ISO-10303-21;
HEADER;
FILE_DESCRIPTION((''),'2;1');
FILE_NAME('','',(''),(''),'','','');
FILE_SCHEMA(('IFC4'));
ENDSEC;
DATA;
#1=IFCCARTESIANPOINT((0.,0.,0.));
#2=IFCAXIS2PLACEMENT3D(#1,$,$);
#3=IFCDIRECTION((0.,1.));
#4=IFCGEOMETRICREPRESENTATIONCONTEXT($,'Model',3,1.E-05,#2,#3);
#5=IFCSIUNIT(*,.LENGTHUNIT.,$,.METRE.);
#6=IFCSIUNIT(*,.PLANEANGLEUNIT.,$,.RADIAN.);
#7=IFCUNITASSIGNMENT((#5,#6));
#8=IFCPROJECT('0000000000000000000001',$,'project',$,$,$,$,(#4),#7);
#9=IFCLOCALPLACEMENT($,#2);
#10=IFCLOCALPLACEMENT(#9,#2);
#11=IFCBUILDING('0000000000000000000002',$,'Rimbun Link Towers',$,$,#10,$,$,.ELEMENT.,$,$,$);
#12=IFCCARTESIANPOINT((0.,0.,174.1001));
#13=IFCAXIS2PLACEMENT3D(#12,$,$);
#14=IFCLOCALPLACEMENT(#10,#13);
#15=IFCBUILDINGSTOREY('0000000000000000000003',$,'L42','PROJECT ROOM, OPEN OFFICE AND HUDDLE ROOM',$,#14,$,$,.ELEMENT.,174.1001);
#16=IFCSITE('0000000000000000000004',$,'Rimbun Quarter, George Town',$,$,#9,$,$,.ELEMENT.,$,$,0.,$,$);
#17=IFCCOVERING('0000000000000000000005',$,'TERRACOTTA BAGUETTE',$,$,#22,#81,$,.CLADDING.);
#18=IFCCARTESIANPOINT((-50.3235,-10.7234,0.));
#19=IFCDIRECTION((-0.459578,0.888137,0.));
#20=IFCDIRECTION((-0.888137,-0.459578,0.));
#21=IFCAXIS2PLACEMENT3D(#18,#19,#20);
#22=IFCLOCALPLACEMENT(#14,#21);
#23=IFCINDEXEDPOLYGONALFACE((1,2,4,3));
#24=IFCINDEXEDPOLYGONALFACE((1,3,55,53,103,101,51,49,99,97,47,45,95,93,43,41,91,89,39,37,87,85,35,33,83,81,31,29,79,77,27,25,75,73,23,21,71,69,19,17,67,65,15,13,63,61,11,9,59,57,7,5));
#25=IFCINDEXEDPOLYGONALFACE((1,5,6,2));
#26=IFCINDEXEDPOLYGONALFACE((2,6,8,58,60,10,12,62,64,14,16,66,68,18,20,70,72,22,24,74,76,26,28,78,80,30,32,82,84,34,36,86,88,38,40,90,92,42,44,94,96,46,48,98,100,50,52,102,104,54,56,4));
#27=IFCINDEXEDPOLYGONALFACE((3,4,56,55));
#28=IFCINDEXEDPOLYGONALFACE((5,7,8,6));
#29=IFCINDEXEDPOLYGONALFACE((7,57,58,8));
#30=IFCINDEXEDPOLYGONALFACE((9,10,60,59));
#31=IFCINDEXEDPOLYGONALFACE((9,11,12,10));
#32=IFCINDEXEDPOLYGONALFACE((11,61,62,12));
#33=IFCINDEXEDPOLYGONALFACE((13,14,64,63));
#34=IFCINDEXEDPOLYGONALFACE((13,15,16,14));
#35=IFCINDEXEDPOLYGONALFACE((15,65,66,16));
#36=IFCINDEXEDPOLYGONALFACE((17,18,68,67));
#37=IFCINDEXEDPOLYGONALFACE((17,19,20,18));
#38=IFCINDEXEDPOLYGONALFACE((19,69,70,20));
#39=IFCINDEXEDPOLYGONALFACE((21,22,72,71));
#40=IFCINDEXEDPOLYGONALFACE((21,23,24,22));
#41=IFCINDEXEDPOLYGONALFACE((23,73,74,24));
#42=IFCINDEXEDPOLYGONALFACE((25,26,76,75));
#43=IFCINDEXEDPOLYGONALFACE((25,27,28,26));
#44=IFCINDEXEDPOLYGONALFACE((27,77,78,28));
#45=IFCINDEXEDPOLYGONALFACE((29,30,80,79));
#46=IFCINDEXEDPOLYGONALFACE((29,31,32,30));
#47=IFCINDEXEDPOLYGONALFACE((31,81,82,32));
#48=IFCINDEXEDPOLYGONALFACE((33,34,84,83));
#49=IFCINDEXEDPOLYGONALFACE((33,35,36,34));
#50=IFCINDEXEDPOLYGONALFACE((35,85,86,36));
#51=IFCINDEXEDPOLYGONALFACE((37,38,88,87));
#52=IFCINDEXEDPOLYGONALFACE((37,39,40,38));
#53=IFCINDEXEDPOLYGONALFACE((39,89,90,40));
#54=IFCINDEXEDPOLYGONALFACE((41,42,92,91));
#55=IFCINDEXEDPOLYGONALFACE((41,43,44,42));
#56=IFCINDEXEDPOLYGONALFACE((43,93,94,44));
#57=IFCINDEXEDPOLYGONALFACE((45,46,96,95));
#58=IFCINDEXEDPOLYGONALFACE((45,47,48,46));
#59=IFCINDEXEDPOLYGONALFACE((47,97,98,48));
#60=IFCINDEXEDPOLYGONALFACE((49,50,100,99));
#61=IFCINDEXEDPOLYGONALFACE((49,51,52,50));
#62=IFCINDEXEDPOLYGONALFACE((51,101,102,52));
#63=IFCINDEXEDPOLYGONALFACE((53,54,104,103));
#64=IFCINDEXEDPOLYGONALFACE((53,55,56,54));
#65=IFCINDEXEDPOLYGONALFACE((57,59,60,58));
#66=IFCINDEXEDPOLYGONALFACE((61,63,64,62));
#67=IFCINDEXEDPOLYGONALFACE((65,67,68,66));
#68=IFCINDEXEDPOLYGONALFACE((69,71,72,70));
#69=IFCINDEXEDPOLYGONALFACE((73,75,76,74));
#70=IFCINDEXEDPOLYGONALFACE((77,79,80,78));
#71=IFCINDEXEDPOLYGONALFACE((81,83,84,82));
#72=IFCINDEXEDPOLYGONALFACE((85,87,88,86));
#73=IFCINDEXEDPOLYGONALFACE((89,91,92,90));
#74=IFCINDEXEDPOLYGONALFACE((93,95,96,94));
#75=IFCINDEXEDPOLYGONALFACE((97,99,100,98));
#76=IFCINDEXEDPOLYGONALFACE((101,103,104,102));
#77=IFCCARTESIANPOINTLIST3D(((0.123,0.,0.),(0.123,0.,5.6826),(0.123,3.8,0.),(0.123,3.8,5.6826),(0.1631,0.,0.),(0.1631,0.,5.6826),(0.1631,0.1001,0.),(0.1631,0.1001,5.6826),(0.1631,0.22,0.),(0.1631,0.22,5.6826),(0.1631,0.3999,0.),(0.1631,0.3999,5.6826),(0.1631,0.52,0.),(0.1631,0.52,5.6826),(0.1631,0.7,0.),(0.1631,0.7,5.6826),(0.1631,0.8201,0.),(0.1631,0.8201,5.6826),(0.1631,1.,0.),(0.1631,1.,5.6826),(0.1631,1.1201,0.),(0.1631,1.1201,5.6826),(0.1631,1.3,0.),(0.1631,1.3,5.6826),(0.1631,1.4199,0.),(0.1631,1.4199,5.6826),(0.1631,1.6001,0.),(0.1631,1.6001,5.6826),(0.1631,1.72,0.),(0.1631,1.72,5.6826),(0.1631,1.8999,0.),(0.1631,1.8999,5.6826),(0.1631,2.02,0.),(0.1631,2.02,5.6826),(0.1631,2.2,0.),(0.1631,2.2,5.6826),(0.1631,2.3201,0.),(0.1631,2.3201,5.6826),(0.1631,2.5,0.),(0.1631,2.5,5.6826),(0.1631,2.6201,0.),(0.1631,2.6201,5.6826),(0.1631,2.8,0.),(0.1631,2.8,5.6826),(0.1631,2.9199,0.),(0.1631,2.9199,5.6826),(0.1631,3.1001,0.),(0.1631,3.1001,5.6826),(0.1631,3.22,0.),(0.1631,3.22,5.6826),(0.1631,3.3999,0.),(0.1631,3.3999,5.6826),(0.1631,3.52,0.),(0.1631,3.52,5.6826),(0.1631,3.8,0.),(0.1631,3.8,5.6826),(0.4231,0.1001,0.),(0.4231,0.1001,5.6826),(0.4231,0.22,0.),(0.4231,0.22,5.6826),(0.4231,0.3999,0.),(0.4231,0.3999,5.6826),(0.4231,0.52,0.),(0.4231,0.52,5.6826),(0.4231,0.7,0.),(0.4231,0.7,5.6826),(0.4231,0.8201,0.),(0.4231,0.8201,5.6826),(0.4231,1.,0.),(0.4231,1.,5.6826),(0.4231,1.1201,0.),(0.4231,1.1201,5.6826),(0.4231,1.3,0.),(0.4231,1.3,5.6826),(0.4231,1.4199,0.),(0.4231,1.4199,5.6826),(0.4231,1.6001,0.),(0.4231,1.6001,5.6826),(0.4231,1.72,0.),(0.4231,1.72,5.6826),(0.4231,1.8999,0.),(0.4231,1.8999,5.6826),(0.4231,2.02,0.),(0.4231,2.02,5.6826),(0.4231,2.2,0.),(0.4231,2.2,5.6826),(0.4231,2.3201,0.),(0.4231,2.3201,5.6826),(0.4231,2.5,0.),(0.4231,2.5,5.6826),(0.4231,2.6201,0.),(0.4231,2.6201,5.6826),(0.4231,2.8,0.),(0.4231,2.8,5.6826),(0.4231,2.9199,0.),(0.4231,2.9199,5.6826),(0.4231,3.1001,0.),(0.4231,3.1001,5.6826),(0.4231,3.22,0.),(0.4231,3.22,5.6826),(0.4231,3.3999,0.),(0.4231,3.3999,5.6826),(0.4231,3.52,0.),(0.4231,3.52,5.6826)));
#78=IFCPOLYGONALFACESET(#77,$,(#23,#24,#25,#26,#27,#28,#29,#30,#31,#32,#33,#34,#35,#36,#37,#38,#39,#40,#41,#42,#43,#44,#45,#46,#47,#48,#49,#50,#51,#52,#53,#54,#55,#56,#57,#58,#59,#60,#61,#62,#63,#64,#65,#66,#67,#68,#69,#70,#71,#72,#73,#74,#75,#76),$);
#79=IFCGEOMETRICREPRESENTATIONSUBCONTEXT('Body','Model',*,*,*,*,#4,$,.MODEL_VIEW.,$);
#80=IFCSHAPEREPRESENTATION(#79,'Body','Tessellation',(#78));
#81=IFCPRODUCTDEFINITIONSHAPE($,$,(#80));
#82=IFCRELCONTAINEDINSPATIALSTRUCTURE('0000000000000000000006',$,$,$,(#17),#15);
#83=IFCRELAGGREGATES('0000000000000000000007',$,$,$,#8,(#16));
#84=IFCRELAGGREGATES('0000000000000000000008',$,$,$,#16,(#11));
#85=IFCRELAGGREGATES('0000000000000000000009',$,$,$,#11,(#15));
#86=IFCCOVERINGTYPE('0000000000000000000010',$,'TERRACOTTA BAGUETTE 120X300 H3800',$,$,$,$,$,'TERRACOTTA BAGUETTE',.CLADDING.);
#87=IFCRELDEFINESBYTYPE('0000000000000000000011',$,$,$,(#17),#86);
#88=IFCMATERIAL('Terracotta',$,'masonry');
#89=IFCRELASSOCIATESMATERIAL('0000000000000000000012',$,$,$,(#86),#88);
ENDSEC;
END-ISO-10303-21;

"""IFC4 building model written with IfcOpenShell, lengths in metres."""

from ifc_helpers import new_model, si_unit, direction, frame, origin, place, context, subcontext, project, spatial, polyline, outline, extrude, material, material_profile, profile_set, type_object, element, save


model = new_model("IFC4")

# Units and contexts
model_context = context("Model", 3, precision=1e-05, world=origin(), true_north=direction((0.0, 1.0)))
body_context = subcontext(model_context, "Body", "Model", "MODEL_VIEW")
ifc_project = project(units=[si_unit("LENGTHUNIT", "METRE"), si_unit("PLANEANGLEUNIT", "RADIAN")], contexts=[model_context])

# Site, building, storey
site_placement = place(None, origin())
site = spatial("IfcSite", under=ifc_project, at=site_placement, Name="Rimbun Quarter, George Town", CompositionType="ELEMENT", RefElevation=0.0)
building_placement = place(site_placement, origin())
building = spatial("IfcBuilding", under=site, at=building_placement, Name="Rimbun Link Towers", CompositionType="ELEMENT")
storey_placement = place(building_placement, frame((0.0, 0.0, 174.1001)))
storey = spatial("IfcBuildingStorey", under=building, at=storey_placement, Name="L42", Description="PROJECT ROOM, OPEN OFFICE AND HUDDLE ROOM", CompositionType="ELEMENT", Elevation=174.1001)

# Covering
ifc_material_1 = material(Name="Terracotta", Category="masonry")
ifc_material_profile_1 = material_profile(ifc_material_1, outline(polyline([(0.123, 0.0), (0.1631, 0.0), (0.1631, 0.1001), (0.4231, 0.1001), (0.4231, 0.22), (0.1631, 0.22), (0.1631, 0.3999), (0.4231, 0.3999), (0.4231, 0.52), (0.1631, 0.52), (0.1631, 0.7), (0.4231, 0.7), (0.4231, 0.8201), (0.1631, 0.8201), (0.1631, 1.0), (0.4231, 1.0), (0.4231, 1.1201), (0.1631, 1.1201), (0.1631, 1.3), (0.4231, 1.3), (0.4231, 1.4199), (0.1631, 1.4199), (0.1631, 1.6001), (0.4231, 1.6001), (0.4231, 1.72), (0.1631, 1.72), (0.1631, 1.8999), (0.4231, 1.8999), (0.4231, 2.02), (0.1631, 2.02), (0.1631, 2.2), (0.4231, 2.2), (0.4231, 2.3201), (0.1631, 2.3201), (0.1631, 2.5), (0.4231, 2.5), (0.4231, 2.6201), (0.1631, 2.6201), (0.1631, 2.8), (0.4231, 2.8), (0.4231, 2.9199), (0.1631, 2.9199), (0.1631, 3.1001), (0.4231, 3.1001), (0.4231, 3.22), (0.1631, 3.22), (0.1631, 3.3999), (0.4231, 3.3999), (0.4231, 3.52), (0.1631, 3.52), (0.1631, 3.8), (0.123, 3.8), (0.123, 0.0)])), Name="BAGUETTE 120X300")
ifc_profile_set_1 = profile_set([ifc_material_profile_1], Name="Terracotta")
covering_type = type_object("IfcCoveringType", Name="TERRACOTTA BAGUETTE 120X300 H3800", ElementType="TERRACOTTA BAGUETTE", PredefinedType="CLADDING", material=ifc_profile_set_1)
covering_placement = place(storey_placement, frame((-50.3235, -10.7234, 0.0), z_axis=(-0.459578, 0.888137, 0.0), x_axis=(-0.888137, -0.459578, 0.0)))
element("IfcCovering", 1, at=covering_placement, inside=storey, type_object=covering_type, Name="TERRACOTTA BAGUETTE", PredefinedType="CLADDING", context=body_context, shape_type="SweptSolid", body=[
    extrude(outline(polyline([(0.123, 0.0), (0.1631, 0.0), (0.1631, 0.1001), (0.4231, 0.1001), (0.4231, 0.22), (0.1631, 0.22), (0.1631, 0.3999), (0.4231, 0.3999), (0.4231, 0.52), (0.1631, 0.52), (0.1631, 0.7), (0.4231, 0.7), (0.4231, 0.8201), (0.1631, 0.8201), (0.1631, 1.0), (0.4231, 1.0), (0.4231, 1.1201), (0.1631, 1.1201), (0.1631, 1.3), (0.4231, 1.3), (0.4231, 1.4199), (0.1631, 1.4199), (0.1631, 1.6001), (0.4231, 1.6001), (0.4231, 1.72), (0.1631, 1.72), (0.1631, 1.8999), (0.4231, 1.8999), (0.4231, 2.02), (0.1631, 2.02), (0.1631, 2.2), (0.4231, 2.2), (0.4231, 2.3201), (0.1631, 2.3201), (0.1631, 2.5), (0.4231, 2.5), (0.4231, 2.6201), (0.1631, 2.6201), (0.1631, 2.8), (0.4231, 2.8), (0.4231, 2.9199), (0.1631, 2.9199), (0.1631, 3.1001), (0.4231, 3.1001), (0.4231, 3.22), (0.1631, 3.22), (0.1631, 3.3999), (0.4231, 3.3999), (0.4231, 3.52), (0.1631, 3.52), (0.1631, 3.8), (0.123, 3.8), (0.123, 0.0)])), origin(), (0.0, 0.0, 1.0), 5.6826),
])

save(model, "model.ifc")
